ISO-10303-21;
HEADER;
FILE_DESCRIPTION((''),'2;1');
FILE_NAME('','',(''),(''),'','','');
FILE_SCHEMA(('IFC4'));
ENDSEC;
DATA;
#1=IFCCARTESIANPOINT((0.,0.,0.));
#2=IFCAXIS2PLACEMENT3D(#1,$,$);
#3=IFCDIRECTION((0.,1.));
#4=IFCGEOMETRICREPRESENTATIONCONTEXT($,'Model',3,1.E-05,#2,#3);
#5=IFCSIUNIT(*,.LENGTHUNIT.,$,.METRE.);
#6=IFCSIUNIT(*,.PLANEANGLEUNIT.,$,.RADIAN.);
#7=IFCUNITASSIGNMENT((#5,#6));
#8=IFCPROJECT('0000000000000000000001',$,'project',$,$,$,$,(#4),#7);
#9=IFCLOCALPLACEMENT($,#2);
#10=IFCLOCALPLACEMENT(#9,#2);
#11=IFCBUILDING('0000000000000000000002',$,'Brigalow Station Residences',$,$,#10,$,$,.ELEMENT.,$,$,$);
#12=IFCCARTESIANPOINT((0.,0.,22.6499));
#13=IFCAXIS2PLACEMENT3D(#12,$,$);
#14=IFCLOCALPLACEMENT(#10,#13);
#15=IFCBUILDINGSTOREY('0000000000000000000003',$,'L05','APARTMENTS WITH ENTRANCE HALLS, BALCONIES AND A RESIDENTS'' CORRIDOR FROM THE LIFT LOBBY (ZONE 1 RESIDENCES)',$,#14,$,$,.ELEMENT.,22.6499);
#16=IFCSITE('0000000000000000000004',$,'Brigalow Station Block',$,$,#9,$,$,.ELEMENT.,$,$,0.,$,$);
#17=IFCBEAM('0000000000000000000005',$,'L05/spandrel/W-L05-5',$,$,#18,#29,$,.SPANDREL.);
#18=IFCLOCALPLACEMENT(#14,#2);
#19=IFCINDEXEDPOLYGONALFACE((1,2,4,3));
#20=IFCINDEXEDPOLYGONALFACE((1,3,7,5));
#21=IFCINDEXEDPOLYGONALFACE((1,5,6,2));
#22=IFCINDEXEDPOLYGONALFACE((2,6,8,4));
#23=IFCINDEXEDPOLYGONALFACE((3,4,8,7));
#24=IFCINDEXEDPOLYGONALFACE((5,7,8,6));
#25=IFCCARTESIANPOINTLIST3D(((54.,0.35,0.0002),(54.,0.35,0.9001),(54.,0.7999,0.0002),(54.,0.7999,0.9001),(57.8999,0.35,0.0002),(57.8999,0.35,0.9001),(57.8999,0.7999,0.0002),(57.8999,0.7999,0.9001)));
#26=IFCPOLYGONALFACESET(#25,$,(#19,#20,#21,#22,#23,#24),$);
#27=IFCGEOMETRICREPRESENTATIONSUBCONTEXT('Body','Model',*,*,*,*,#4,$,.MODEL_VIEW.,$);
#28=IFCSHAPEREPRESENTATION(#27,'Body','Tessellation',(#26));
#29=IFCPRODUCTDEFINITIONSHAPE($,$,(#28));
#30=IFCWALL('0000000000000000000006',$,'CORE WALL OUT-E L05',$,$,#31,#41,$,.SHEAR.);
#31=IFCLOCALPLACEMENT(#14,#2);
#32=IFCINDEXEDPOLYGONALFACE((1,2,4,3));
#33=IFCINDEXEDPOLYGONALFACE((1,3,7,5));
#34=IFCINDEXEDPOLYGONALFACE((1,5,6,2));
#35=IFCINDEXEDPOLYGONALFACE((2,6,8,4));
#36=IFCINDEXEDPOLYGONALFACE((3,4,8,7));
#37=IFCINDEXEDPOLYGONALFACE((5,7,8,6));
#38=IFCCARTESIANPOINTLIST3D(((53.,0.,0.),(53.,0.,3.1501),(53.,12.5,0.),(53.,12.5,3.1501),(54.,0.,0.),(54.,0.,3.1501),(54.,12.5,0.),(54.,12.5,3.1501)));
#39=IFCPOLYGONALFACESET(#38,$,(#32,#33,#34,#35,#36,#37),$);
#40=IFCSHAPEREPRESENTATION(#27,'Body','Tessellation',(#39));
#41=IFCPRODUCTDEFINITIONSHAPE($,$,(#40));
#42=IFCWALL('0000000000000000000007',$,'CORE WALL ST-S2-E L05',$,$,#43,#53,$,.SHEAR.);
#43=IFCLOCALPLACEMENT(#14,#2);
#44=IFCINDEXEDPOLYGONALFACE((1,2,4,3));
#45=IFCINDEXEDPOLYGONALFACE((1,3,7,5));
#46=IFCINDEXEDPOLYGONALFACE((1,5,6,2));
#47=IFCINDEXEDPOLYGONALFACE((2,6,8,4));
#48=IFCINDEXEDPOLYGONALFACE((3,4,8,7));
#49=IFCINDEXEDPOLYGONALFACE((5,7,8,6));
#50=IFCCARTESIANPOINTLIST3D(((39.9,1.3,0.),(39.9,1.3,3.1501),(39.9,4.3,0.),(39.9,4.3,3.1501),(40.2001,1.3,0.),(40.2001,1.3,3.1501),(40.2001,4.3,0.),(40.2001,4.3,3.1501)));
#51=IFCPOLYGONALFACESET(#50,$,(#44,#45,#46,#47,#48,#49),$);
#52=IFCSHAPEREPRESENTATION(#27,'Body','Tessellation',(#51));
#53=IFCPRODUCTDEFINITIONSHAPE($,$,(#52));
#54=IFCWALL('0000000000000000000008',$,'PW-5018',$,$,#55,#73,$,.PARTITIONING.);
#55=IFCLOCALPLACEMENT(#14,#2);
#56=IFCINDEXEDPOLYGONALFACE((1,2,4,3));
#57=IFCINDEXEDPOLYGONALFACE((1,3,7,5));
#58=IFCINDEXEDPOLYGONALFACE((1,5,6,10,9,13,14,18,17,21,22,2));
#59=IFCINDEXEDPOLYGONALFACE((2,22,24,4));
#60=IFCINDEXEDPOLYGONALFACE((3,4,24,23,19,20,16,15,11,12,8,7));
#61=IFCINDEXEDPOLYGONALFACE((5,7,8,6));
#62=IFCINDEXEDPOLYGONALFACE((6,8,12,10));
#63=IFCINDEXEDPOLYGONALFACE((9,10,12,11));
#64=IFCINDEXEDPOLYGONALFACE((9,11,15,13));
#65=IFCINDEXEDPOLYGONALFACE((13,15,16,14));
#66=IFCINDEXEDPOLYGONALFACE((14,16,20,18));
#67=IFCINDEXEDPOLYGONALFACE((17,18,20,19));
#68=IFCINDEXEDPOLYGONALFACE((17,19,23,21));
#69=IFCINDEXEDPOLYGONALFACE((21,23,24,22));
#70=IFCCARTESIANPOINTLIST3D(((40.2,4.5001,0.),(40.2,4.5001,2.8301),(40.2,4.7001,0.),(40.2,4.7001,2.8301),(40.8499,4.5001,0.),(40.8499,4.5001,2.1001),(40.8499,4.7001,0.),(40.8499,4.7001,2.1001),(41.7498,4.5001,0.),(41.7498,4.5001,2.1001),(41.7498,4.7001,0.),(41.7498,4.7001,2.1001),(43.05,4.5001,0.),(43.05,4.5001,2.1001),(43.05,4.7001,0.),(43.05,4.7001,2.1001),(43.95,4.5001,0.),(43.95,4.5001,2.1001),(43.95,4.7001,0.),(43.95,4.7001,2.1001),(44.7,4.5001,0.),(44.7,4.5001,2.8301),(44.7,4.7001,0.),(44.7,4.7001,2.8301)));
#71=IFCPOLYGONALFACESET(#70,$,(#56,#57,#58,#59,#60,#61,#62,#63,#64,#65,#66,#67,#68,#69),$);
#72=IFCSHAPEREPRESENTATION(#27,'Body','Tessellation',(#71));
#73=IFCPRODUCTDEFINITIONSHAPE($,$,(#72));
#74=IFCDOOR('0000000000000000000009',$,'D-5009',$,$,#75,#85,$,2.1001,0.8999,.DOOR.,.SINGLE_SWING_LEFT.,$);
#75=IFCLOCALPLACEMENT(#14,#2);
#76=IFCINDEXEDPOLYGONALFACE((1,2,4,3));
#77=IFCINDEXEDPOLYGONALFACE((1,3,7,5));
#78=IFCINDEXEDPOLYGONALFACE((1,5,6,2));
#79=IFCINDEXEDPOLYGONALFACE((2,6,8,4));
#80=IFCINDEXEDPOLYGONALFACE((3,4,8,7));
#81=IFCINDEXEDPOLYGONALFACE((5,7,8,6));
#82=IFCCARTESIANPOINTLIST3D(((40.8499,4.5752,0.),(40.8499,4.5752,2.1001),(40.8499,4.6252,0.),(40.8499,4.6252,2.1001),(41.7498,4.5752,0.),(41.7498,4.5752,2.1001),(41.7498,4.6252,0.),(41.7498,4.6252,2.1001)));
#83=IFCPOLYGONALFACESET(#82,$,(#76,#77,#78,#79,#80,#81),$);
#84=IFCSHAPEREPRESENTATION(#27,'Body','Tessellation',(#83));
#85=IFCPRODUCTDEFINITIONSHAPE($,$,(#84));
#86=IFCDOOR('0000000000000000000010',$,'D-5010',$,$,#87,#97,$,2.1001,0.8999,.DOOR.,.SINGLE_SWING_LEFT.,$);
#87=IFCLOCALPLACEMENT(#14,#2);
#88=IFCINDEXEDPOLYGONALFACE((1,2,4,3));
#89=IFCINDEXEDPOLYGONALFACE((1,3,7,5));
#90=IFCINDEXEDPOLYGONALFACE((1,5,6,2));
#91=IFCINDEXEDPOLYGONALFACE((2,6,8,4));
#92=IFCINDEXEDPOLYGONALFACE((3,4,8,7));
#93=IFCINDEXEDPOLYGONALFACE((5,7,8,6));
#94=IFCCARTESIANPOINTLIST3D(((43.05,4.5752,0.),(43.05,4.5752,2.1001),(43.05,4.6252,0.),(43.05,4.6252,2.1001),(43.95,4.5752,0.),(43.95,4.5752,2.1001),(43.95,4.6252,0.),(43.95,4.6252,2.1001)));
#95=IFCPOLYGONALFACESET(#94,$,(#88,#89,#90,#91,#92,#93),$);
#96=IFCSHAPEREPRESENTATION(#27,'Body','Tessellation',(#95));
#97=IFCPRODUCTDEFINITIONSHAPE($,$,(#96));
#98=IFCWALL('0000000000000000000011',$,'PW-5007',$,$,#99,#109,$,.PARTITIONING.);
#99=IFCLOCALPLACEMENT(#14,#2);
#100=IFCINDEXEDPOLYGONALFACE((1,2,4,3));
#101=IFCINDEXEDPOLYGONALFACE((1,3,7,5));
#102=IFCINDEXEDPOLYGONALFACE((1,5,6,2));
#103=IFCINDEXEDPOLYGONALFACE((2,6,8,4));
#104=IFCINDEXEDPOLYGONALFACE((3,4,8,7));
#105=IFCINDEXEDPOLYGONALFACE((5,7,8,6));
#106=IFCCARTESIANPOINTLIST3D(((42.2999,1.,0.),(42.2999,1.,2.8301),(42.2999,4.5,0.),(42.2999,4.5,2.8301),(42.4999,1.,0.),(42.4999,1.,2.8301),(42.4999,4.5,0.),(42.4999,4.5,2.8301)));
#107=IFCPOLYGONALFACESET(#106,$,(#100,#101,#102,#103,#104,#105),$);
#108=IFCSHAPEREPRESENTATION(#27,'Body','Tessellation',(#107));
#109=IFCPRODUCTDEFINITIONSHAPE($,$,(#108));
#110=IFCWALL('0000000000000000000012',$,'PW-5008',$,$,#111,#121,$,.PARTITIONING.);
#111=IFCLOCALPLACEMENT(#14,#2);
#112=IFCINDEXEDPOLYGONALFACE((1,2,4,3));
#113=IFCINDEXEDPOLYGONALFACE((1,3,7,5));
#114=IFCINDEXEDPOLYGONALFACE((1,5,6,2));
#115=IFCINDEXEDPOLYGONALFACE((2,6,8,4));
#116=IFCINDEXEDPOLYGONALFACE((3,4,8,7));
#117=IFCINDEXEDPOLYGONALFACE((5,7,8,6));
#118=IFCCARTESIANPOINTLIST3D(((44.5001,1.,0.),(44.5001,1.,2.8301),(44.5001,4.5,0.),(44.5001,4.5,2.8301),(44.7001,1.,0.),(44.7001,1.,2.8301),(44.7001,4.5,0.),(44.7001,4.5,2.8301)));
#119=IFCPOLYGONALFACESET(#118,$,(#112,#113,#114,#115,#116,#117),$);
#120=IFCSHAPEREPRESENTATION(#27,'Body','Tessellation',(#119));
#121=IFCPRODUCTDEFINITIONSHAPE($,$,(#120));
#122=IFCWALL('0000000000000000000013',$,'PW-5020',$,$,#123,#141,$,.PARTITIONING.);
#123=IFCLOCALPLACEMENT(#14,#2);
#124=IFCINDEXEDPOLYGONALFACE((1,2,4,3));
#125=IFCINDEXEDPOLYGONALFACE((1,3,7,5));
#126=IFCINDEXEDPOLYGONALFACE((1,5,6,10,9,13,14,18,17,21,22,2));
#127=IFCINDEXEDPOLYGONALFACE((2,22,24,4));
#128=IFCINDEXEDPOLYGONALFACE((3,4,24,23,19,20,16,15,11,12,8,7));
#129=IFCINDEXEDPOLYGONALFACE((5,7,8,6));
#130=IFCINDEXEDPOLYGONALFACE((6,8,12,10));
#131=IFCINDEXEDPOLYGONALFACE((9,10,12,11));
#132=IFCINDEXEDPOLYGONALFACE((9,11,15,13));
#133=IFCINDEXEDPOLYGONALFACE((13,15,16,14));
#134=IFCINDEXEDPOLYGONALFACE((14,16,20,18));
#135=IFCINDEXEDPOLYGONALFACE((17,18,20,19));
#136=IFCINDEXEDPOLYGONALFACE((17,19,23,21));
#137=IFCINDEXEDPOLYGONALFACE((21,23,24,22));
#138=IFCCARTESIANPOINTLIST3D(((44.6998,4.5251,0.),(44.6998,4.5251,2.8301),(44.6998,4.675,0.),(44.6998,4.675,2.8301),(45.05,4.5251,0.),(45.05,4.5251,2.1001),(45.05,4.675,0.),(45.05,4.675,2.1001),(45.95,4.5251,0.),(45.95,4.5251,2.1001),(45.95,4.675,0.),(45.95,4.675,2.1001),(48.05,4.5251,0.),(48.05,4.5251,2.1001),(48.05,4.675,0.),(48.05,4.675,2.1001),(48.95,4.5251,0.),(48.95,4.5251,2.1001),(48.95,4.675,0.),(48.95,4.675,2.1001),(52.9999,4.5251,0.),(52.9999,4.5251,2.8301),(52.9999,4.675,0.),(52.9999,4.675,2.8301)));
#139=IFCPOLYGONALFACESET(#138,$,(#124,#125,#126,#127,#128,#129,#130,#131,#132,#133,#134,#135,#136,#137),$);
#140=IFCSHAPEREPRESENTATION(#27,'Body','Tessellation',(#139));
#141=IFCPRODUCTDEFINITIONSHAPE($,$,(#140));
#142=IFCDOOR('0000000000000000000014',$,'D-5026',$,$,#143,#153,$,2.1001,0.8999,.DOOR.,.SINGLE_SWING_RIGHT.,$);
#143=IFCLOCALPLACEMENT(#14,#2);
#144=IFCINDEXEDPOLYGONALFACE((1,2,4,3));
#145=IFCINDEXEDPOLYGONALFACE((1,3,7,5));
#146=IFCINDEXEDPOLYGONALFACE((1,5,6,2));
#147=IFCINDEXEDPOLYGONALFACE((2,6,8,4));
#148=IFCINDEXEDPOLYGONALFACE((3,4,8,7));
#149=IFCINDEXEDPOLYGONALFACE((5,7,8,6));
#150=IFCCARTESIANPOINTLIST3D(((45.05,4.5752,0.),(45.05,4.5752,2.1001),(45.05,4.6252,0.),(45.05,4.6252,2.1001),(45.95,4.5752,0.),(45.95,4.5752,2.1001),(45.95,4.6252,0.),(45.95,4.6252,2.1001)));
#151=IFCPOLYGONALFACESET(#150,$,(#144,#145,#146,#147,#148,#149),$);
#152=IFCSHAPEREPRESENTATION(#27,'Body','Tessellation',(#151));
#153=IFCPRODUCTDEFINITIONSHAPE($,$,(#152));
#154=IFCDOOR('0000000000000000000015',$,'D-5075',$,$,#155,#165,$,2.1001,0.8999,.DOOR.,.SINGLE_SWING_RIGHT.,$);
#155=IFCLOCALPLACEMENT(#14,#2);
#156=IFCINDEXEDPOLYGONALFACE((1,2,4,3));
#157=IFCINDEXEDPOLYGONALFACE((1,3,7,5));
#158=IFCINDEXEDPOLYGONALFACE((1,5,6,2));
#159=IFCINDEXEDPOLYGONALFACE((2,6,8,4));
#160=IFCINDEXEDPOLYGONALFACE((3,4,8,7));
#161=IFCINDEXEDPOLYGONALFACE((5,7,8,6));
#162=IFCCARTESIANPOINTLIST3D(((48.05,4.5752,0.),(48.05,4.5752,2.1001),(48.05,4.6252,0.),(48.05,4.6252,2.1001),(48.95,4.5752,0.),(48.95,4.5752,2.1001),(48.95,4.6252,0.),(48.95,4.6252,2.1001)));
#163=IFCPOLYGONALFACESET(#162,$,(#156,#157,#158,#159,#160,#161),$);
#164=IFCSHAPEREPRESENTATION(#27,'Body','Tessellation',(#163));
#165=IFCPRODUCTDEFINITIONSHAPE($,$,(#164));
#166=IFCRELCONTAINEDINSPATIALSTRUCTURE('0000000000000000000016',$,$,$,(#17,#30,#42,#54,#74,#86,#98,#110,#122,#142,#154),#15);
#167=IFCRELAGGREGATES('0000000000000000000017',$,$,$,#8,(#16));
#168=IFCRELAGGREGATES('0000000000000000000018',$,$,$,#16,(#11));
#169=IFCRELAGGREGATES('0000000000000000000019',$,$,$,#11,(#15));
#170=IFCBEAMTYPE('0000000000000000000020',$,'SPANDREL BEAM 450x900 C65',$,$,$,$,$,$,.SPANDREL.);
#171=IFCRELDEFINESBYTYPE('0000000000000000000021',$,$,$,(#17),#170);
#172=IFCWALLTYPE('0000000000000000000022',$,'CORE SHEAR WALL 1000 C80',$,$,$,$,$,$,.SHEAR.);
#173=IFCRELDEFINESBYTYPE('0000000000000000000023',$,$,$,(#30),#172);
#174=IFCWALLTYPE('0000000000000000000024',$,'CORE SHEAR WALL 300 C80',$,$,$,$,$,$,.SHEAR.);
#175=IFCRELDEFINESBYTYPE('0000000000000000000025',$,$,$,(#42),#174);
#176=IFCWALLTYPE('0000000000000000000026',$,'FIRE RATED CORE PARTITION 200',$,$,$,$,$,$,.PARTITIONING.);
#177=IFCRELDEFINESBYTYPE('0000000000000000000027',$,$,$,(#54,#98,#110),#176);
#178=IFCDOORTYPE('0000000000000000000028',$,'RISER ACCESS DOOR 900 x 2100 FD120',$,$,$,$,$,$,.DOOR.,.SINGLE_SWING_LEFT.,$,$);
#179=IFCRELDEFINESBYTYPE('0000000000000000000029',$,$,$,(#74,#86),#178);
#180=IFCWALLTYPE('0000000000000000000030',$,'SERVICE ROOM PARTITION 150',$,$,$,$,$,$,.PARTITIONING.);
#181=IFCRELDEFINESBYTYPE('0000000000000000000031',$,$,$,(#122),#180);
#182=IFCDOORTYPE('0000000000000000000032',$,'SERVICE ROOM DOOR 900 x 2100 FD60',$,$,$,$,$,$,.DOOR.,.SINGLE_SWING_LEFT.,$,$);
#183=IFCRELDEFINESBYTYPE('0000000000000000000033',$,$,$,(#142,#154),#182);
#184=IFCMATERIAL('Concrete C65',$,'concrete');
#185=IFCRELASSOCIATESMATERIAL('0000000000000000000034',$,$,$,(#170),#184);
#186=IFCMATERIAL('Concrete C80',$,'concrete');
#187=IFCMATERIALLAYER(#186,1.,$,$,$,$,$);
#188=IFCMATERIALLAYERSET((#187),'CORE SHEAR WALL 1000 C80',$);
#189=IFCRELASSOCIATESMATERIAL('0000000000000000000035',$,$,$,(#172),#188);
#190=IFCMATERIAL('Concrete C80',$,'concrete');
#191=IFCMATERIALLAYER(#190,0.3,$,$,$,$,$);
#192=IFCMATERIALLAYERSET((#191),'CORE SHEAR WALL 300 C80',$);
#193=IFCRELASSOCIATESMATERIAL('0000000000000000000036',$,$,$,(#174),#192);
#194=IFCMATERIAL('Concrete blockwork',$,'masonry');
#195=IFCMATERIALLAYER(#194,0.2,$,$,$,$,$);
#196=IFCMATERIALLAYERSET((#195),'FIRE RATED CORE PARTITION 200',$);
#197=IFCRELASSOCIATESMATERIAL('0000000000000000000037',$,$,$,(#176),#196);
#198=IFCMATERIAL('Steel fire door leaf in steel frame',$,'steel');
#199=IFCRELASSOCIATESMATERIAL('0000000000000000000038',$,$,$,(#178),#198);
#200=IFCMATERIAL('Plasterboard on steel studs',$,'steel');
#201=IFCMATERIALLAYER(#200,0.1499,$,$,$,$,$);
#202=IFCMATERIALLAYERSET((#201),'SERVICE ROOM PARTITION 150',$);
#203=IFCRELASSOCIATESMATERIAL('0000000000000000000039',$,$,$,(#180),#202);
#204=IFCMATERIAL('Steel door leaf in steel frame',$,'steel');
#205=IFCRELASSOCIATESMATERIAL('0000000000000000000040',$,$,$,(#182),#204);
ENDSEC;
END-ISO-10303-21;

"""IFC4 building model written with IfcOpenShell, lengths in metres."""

from ifc_helpers import new_model, si_unit, direction, frame, frame_2d, origin, origin_2d, place, context, subcontext, project, spatial, rectangle, extrude, material, layer, layer_set, material_profile, profile_set, type_object, element, fill, save


model = new_model("IFC4")

# Units and contexts
model_context = context("Model", 3, precision=1e-05, world=origin(), true_north=direction((0.0, 1.0)))
body_context = subcontext(model_context, "Body", "Model", "MODEL_VIEW")
ifc_project = project(units=[si_unit("LENGTHUNIT", "METRE"), si_unit("PLANEANGLEUNIT", "RADIAN")], contexts=[model_context])

# Site, building, storey
site_placement = place(None, origin())
site = spatial("IfcSite", under=ifc_project, at=site_placement, Name="Brigalow Station Block", CompositionType="ELEMENT", RefElevation=0.0)
building_placement = place(site_placement, origin())
building = spatial("IfcBuilding", under=site, at=building_placement, Name="Brigalow Station Residences", CompositionType="ELEMENT")
storey_placement = place(building_placement, frame((0.0, 0.0, 22.6499)))
storey = spatial("IfcBuildingStorey", under=building, at=storey_placement, Name="L05", Description="APARTMENTS WITH ENTRANCE HALLS, BALCONIES AND A RESIDENTS' CORRIDOR FROM THE LIFT LOBBY (ZONE 1 RESIDENCES)", CompositionType="ELEMENT", Elevation=22.6499)

# Beam
ifc_material_1 = material(Name="Concrete C65", Category="concrete")
ifc_material_profile = material_profile(ifc_material_1, rectangle(XDim=0.45, YDim=0.8999, at=origin_2d()), Name="RC450x900")
ifc_profile_set = profile_set([ifc_material_profile], Name="Concrete C65")
beam_type = type_object("IfcBeamType", Name="SPANDREL BEAM 450x900 C65", PredefinedType="SPANDREL", material=ifc_profile_set)
beam_placement = place(storey_placement, frame((54.0, 0.575, 0.4502), z_axis=(1.0, 0.0, 0.0), x_axis=(0.0, 1.0, 0.0)))
element("IfcBeam", 1, at=beam_placement, inside=storey, type_object=beam_type, Name="L05/spandrel/W-L05-5", PredefinedType="SPANDREL", context=body_context, shape_type="SweptSolid", body=[
    extrude(rectangle(XDim=0.45, YDim=0.8999, at=origin_2d()), origin(), (0.0, 0.0, 1.0), 3.8999),
])

# Walls
ifc_material_2 = material(Name="Concrete C80", Category="concrete")
ifc_layer_1 = layer(ifc_material_2, 1.0)
ifc_layer_set_1 = layer_set([ifc_layer_1], Name="CORE SHEAR WALL 1000 C80")
wall_type_1 = type_object("IfcWallType", Name="CORE SHEAR WALL 1000 C80", PredefinedType="SHEAR", material=ifc_layer_set_1)
wall_1_placement = place(storey_placement, frame((53.5, 0.0, 0.0), z_axis=(0.0, 0.0, 1.0), x_axis=(0.0, 1.0, 0.0)))
element("IfcWall", 2, at=wall_1_placement, inside=storey, type_object=wall_type_1, Name="CORE WALL OUT-E L05", PredefinedType="SHEAR", context=body_context, shape_type="SweptSolid", body=[
    extrude(rectangle(XDim=12.5, YDim=1.0, at=frame_2d((6.25, 0.0))), origin(), (0.0, 0.0, 1.0), 3.1501),
])
ifc_material_3 = material(Name="Concrete C80", Category="concrete")
ifc_layer_2 = layer(ifc_material_3, 0.3)
ifc_layer_set_2 = layer_set([ifc_layer_2], Name="CORE SHEAR WALL 300 C80")
wall_type_2 = type_object("IfcWallType", Name="CORE SHEAR WALL 300 C80", PredefinedType="SHEAR", material=ifc_layer_set_2)
wall_2_placement = place(storey_placement, frame((40.05, 1.3, 0.0), z_axis=(0.0, 0.0, 1.0), x_axis=(0.0, 1.0, 0.0)))
element("IfcWall", 3, at=wall_2_placement, inside=storey, type_object=wall_type_2, Name="CORE WALL ST-S2-E L05", PredefinedType="SHEAR", context=body_context, shape_type="SweptSolid", body=[
    extrude(rectangle(XDim=3.0, YDim=0.3, at=frame_2d((1.5, 0.0))), origin(), (0.0, 0.0, 1.0), 3.1501),
])

# Wall, openings, doors
ifc_material_4 = material(Name="Concrete blockwork", Category="masonry")
ifc_layer_3 = layer(ifc_material_4, 0.2)
ifc_layer_set_3 = layer_set([ifc_layer_3], Name="FIRE RATED CORE PARTITION 200")
wall_type_3 = type_object("IfcWallType", Name="FIRE RATED CORE PARTITION 200", PredefinedType="PARTITIONING", material=ifc_layer_set_3)
wall_3_placement = place(storey_placement, frame((40.2, 4.6001, 0.0), z_axis=(0.0, 0.0, 1.0), x_axis=(1.0, 0.0, 0.0)))
wall_3 = element("IfcWall", 4, at=wall_3_placement, inside=storey, type_object=wall_type_3, Name="PW-5018", PredefinedType="PARTITIONING", context=body_context, shape_type="SweptSolid", body=[
    extrude(rectangle(XDim=4.5, YDim=0.2, at=frame_2d((2.25, 0.0))), origin(), (0.0, 0.0, 1.0), 2.8301),
])
opening_1_placement = place(wall_3_placement, frame((0.6499, 0.0, 0.0)))
opening_1 = element("IfcOpeningElement", 5, at=opening_1_placement, cuts=wall_3, PredefinedType="OPENING", context=body_context, shape_type="SweptSolid", body=[
    extrude(rectangle(XDim=0.8999, YDim=2.1001, at=frame_2d((0.45, 1.05))), frame((0.0, 0.1099, 0.0), z_axis=(0.0, -1.0, 0.0), x_axis=(1.0, 0.0, 0.0)), (0.0, 0.0, 1.0), 0.22),
])
opening_2_placement = place(wall_3_placement, frame((2.8501, 0.0, 0.0)))
opening_2 = element("IfcOpeningElement", 6, at=opening_2_placement, cuts=wall_3, PredefinedType="OPENING", context=body_context, shape_type="SweptSolid", body=[
    extrude(rectangle(XDim=0.8999, YDim=2.1001, at=frame_2d((0.45, 1.05))), frame((0.0, 0.1099, 0.0), z_axis=(0.0, -1.0, 0.0), x_axis=(1.0, 0.0, 0.0)), (0.0, 0.0, 1.0), 0.22),
])
ifc_material_5 = material(Name="Steel fire door leaf in steel frame", Category="steel")
door_type_1 = type_object("IfcDoorType", Name="RISER ACCESS DOOR 900 x 2100 FD120", OperationType="SINGLE_SWING_LEFT", PredefinedType="DOOR", material=ifc_material_5)
door_1_placement = place(opening_1_placement, frame((0.8999, 0.0, 0.0), z_axis=(0.0, 0.0, 1.0), x_axis=(-1.0, 0.0, 0.0)))
door_1 = element("IfcDoor", 7, at=door_1_placement, inside=storey, type_object=door_type_1, Name="D-5009", OperationType="SINGLE_SWING_LEFT", OverallHeight=2.1001, OverallWidth=0.8999, PredefinedType="DOOR", context=body_context, shape_type="SweptSolid", body=[
    extrude(rectangle(XDim=0.8999, YDim=2.1001, at=frame_2d((0.45, 1.05))), frame((0.0, 0.0249, 0.0), z_axis=(0.0, -1.0, 0.0), x_axis=(1.0, 0.0, 0.0)), (0.0, 0.0, 1.0), 0.05),
])
fill(opening_1, door_1)
door_2_placement = place(opening_2_placement, frame((0.8999, 0.0, 0.0), z_axis=(0.0, 0.0, 1.0), x_axis=(-1.0, 0.0, 0.0)))
door_2 = element("IfcDoor", 8, at=door_2_placement, inside=storey, type_object=door_type_1, Name="D-5010", OperationType="SINGLE_SWING_LEFT", OverallHeight=2.1001, OverallWidth=0.8999, PredefinedType="DOOR", context=body_context, shape_type="SweptSolid", body=[
    extrude(rectangle(XDim=0.8999, YDim=2.1001, at=frame_2d((0.45, 1.05))), frame((0.0, 0.0249, 0.0), z_axis=(0.0, -1.0, 0.0), x_axis=(1.0, 0.0, 0.0)), (0.0, 0.0, 1.0), 0.05),
])
fill(opening_2, door_2)

# Walls
for number, where, z_axis, x_axis, name in (
    (9, (42.3999, 1.0, 0.0), (0.0, 0.0, 1.0), (0.0, 1.0, 0.0), "PW-5007"),
    (10, (44.6001, 1.0, 0.0), (0.0, 0.0, 1.0), (0.0, 1.0, 0.0), "PW-5008"),
):
    element("IfcWall", number, at=place(storey_placement, frame(where, z_axis=z_axis, x_axis=x_axis)), inside=storey, type_object=wall_type_3, Name=name, PredefinedType="PARTITIONING", context=body_context, shape_type="SweptSolid", body=[
        extrude(rectangle(XDim=3.5, YDim=0.2, at=frame_2d((1.75, 0.0))), origin(), (0.0, 0.0, 1.0), 2.8301),
    ])

# Wall, openings, doors
ifc_material_6 = material(Name="Plasterboard on steel studs", Category="steel")
ifc_layer_4 = layer(ifc_material_6, 0.1499)
ifc_layer_set_4 = layer_set([ifc_layer_4], Name="SERVICE ROOM PARTITION 150")
wall_type_4 = type_object("IfcWallType", Name="SERVICE ROOM PARTITION 150", PredefinedType="PARTITIONING", material=ifc_layer_set_4)
wall_4_placement = place(storey_placement, frame((44.7, 4.6001, 0.0), z_axis=(0.0, 0.0, 1.0), x_axis=(1.0, 0.0, 0.0)))
wall_4 = element("IfcWall", 11, at=wall_4_placement, inside=storey, type_object=wall_type_4, Name="PW-5020", PredefinedType="PARTITIONING", context=body_context, shape_type="SweptSolid", body=[
    extrude(rectangle(XDim=8.3, YDim=0.1499, at=frame_2d((4.1499, 0.0))), origin(), (0.0, 0.0, 1.0), 2.8301),
])
opening_3_placement = place(wall_4_placement, frame((0.3501, 0.0, 0.0)))
opening_3 = element("IfcOpeningElement", 12, at=opening_3_placement, cuts=wall_4, PredefinedType="OPENING", context=body_context, shape_type="SweptSolid", body=[
    extrude(rectangle(XDim=0.8999, YDim=2.1001, at=frame_2d((0.45, 1.05))), frame((0.0, 0.085, 0.0), z_axis=(0.0, -1.0, 0.0), x_axis=(1.0, 0.0, 0.0)), (0.0, 0.0, 1.0), 0.1699),
])
opening_4_placement = place(wall_4_placement, frame((3.3501, 0.0, 0.0)))
opening_4 = element("IfcOpeningElement", 13, at=opening_4_placement, cuts=wall_4, PredefinedType="OPENING", context=body_context, shape_type="SweptSolid", body=[
    extrude(rectangle(XDim=0.8999, YDim=2.1001, at=frame_2d((0.45, 1.05))), frame((0.0, 0.085, 0.0), z_axis=(0.0, -1.0, 0.0), x_axis=(1.0, 0.0, 0.0)), (0.0, 0.0, 1.0), 0.1699),
])
ifc_material_7 = material(Name="Steel door leaf in steel frame", Category="steel")
door_type_2 = type_object("IfcDoorType", Name="SERVICE ROOM DOOR 900 x 2100 FD60", OperationType="SINGLE_SWING_LEFT", PredefinedType="DOOR", material=ifc_material_7)
door_3_placement = place(opening_3_placement, frame((0.8999, 0.0, 0.0), z_axis=(0.0, 0.0, 1.0), x_axis=(-1.0, 0.0, 0.0)))
door_3 = element("IfcDoor", 14, at=door_3_placement, inside=storey, type_object=door_type_2, Name="D-5026", OperationType="SINGLE_SWING_RIGHT", OverallHeight=2.1001, OverallWidth=0.8999, PredefinedType="DOOR", context=body_context, shape_type="SweptSolid", body=[
    extrude(rectangle(XDim=0.8999, YDim=2.1001, at=frame_2d((0.45, 1.05))), frame((0.0, 0.0249, 0.0), z_axis=(0.0, -1.0, 0.0), x_axis=(1.0, 0.0, 0.0)), (0.0, 0.0, 1.0), 0.05),
])
fill(opening_3, door_3)
door_4_placement = place(opening_4_placement, frame((0.8999, 0.0, 0.0), z_axis=(0.0, 0.0, 1.0), x_axis=(-1.0, 0.0, 0.0)))
door_4 = element("IfcDoor", 15, at=door_4_placement, inside=storey, type_object=door_type_2, Name="D-5075", OperationType="SINGLE_SWING_RIGHT", OverallHeight=2.1001, OverallWidth=0.8999, PredefinedType="DOOR", context=body_context, shape_type="SweptSolid", body=[
    extrude(rectangle(XDim=0.8999, YDim=2.1001, at=frame_2d((0.45, 1.05))), frame((0.0, 0.0249, 0.0), z_axis=(0.0, -1.0, 0.0), x_axis=(1.0, 0.0, 0.0)), (0.0, 0.0, 1.0), 0.05),
])
fill(opening_4, door_4)

save(model, "model.ifc")
